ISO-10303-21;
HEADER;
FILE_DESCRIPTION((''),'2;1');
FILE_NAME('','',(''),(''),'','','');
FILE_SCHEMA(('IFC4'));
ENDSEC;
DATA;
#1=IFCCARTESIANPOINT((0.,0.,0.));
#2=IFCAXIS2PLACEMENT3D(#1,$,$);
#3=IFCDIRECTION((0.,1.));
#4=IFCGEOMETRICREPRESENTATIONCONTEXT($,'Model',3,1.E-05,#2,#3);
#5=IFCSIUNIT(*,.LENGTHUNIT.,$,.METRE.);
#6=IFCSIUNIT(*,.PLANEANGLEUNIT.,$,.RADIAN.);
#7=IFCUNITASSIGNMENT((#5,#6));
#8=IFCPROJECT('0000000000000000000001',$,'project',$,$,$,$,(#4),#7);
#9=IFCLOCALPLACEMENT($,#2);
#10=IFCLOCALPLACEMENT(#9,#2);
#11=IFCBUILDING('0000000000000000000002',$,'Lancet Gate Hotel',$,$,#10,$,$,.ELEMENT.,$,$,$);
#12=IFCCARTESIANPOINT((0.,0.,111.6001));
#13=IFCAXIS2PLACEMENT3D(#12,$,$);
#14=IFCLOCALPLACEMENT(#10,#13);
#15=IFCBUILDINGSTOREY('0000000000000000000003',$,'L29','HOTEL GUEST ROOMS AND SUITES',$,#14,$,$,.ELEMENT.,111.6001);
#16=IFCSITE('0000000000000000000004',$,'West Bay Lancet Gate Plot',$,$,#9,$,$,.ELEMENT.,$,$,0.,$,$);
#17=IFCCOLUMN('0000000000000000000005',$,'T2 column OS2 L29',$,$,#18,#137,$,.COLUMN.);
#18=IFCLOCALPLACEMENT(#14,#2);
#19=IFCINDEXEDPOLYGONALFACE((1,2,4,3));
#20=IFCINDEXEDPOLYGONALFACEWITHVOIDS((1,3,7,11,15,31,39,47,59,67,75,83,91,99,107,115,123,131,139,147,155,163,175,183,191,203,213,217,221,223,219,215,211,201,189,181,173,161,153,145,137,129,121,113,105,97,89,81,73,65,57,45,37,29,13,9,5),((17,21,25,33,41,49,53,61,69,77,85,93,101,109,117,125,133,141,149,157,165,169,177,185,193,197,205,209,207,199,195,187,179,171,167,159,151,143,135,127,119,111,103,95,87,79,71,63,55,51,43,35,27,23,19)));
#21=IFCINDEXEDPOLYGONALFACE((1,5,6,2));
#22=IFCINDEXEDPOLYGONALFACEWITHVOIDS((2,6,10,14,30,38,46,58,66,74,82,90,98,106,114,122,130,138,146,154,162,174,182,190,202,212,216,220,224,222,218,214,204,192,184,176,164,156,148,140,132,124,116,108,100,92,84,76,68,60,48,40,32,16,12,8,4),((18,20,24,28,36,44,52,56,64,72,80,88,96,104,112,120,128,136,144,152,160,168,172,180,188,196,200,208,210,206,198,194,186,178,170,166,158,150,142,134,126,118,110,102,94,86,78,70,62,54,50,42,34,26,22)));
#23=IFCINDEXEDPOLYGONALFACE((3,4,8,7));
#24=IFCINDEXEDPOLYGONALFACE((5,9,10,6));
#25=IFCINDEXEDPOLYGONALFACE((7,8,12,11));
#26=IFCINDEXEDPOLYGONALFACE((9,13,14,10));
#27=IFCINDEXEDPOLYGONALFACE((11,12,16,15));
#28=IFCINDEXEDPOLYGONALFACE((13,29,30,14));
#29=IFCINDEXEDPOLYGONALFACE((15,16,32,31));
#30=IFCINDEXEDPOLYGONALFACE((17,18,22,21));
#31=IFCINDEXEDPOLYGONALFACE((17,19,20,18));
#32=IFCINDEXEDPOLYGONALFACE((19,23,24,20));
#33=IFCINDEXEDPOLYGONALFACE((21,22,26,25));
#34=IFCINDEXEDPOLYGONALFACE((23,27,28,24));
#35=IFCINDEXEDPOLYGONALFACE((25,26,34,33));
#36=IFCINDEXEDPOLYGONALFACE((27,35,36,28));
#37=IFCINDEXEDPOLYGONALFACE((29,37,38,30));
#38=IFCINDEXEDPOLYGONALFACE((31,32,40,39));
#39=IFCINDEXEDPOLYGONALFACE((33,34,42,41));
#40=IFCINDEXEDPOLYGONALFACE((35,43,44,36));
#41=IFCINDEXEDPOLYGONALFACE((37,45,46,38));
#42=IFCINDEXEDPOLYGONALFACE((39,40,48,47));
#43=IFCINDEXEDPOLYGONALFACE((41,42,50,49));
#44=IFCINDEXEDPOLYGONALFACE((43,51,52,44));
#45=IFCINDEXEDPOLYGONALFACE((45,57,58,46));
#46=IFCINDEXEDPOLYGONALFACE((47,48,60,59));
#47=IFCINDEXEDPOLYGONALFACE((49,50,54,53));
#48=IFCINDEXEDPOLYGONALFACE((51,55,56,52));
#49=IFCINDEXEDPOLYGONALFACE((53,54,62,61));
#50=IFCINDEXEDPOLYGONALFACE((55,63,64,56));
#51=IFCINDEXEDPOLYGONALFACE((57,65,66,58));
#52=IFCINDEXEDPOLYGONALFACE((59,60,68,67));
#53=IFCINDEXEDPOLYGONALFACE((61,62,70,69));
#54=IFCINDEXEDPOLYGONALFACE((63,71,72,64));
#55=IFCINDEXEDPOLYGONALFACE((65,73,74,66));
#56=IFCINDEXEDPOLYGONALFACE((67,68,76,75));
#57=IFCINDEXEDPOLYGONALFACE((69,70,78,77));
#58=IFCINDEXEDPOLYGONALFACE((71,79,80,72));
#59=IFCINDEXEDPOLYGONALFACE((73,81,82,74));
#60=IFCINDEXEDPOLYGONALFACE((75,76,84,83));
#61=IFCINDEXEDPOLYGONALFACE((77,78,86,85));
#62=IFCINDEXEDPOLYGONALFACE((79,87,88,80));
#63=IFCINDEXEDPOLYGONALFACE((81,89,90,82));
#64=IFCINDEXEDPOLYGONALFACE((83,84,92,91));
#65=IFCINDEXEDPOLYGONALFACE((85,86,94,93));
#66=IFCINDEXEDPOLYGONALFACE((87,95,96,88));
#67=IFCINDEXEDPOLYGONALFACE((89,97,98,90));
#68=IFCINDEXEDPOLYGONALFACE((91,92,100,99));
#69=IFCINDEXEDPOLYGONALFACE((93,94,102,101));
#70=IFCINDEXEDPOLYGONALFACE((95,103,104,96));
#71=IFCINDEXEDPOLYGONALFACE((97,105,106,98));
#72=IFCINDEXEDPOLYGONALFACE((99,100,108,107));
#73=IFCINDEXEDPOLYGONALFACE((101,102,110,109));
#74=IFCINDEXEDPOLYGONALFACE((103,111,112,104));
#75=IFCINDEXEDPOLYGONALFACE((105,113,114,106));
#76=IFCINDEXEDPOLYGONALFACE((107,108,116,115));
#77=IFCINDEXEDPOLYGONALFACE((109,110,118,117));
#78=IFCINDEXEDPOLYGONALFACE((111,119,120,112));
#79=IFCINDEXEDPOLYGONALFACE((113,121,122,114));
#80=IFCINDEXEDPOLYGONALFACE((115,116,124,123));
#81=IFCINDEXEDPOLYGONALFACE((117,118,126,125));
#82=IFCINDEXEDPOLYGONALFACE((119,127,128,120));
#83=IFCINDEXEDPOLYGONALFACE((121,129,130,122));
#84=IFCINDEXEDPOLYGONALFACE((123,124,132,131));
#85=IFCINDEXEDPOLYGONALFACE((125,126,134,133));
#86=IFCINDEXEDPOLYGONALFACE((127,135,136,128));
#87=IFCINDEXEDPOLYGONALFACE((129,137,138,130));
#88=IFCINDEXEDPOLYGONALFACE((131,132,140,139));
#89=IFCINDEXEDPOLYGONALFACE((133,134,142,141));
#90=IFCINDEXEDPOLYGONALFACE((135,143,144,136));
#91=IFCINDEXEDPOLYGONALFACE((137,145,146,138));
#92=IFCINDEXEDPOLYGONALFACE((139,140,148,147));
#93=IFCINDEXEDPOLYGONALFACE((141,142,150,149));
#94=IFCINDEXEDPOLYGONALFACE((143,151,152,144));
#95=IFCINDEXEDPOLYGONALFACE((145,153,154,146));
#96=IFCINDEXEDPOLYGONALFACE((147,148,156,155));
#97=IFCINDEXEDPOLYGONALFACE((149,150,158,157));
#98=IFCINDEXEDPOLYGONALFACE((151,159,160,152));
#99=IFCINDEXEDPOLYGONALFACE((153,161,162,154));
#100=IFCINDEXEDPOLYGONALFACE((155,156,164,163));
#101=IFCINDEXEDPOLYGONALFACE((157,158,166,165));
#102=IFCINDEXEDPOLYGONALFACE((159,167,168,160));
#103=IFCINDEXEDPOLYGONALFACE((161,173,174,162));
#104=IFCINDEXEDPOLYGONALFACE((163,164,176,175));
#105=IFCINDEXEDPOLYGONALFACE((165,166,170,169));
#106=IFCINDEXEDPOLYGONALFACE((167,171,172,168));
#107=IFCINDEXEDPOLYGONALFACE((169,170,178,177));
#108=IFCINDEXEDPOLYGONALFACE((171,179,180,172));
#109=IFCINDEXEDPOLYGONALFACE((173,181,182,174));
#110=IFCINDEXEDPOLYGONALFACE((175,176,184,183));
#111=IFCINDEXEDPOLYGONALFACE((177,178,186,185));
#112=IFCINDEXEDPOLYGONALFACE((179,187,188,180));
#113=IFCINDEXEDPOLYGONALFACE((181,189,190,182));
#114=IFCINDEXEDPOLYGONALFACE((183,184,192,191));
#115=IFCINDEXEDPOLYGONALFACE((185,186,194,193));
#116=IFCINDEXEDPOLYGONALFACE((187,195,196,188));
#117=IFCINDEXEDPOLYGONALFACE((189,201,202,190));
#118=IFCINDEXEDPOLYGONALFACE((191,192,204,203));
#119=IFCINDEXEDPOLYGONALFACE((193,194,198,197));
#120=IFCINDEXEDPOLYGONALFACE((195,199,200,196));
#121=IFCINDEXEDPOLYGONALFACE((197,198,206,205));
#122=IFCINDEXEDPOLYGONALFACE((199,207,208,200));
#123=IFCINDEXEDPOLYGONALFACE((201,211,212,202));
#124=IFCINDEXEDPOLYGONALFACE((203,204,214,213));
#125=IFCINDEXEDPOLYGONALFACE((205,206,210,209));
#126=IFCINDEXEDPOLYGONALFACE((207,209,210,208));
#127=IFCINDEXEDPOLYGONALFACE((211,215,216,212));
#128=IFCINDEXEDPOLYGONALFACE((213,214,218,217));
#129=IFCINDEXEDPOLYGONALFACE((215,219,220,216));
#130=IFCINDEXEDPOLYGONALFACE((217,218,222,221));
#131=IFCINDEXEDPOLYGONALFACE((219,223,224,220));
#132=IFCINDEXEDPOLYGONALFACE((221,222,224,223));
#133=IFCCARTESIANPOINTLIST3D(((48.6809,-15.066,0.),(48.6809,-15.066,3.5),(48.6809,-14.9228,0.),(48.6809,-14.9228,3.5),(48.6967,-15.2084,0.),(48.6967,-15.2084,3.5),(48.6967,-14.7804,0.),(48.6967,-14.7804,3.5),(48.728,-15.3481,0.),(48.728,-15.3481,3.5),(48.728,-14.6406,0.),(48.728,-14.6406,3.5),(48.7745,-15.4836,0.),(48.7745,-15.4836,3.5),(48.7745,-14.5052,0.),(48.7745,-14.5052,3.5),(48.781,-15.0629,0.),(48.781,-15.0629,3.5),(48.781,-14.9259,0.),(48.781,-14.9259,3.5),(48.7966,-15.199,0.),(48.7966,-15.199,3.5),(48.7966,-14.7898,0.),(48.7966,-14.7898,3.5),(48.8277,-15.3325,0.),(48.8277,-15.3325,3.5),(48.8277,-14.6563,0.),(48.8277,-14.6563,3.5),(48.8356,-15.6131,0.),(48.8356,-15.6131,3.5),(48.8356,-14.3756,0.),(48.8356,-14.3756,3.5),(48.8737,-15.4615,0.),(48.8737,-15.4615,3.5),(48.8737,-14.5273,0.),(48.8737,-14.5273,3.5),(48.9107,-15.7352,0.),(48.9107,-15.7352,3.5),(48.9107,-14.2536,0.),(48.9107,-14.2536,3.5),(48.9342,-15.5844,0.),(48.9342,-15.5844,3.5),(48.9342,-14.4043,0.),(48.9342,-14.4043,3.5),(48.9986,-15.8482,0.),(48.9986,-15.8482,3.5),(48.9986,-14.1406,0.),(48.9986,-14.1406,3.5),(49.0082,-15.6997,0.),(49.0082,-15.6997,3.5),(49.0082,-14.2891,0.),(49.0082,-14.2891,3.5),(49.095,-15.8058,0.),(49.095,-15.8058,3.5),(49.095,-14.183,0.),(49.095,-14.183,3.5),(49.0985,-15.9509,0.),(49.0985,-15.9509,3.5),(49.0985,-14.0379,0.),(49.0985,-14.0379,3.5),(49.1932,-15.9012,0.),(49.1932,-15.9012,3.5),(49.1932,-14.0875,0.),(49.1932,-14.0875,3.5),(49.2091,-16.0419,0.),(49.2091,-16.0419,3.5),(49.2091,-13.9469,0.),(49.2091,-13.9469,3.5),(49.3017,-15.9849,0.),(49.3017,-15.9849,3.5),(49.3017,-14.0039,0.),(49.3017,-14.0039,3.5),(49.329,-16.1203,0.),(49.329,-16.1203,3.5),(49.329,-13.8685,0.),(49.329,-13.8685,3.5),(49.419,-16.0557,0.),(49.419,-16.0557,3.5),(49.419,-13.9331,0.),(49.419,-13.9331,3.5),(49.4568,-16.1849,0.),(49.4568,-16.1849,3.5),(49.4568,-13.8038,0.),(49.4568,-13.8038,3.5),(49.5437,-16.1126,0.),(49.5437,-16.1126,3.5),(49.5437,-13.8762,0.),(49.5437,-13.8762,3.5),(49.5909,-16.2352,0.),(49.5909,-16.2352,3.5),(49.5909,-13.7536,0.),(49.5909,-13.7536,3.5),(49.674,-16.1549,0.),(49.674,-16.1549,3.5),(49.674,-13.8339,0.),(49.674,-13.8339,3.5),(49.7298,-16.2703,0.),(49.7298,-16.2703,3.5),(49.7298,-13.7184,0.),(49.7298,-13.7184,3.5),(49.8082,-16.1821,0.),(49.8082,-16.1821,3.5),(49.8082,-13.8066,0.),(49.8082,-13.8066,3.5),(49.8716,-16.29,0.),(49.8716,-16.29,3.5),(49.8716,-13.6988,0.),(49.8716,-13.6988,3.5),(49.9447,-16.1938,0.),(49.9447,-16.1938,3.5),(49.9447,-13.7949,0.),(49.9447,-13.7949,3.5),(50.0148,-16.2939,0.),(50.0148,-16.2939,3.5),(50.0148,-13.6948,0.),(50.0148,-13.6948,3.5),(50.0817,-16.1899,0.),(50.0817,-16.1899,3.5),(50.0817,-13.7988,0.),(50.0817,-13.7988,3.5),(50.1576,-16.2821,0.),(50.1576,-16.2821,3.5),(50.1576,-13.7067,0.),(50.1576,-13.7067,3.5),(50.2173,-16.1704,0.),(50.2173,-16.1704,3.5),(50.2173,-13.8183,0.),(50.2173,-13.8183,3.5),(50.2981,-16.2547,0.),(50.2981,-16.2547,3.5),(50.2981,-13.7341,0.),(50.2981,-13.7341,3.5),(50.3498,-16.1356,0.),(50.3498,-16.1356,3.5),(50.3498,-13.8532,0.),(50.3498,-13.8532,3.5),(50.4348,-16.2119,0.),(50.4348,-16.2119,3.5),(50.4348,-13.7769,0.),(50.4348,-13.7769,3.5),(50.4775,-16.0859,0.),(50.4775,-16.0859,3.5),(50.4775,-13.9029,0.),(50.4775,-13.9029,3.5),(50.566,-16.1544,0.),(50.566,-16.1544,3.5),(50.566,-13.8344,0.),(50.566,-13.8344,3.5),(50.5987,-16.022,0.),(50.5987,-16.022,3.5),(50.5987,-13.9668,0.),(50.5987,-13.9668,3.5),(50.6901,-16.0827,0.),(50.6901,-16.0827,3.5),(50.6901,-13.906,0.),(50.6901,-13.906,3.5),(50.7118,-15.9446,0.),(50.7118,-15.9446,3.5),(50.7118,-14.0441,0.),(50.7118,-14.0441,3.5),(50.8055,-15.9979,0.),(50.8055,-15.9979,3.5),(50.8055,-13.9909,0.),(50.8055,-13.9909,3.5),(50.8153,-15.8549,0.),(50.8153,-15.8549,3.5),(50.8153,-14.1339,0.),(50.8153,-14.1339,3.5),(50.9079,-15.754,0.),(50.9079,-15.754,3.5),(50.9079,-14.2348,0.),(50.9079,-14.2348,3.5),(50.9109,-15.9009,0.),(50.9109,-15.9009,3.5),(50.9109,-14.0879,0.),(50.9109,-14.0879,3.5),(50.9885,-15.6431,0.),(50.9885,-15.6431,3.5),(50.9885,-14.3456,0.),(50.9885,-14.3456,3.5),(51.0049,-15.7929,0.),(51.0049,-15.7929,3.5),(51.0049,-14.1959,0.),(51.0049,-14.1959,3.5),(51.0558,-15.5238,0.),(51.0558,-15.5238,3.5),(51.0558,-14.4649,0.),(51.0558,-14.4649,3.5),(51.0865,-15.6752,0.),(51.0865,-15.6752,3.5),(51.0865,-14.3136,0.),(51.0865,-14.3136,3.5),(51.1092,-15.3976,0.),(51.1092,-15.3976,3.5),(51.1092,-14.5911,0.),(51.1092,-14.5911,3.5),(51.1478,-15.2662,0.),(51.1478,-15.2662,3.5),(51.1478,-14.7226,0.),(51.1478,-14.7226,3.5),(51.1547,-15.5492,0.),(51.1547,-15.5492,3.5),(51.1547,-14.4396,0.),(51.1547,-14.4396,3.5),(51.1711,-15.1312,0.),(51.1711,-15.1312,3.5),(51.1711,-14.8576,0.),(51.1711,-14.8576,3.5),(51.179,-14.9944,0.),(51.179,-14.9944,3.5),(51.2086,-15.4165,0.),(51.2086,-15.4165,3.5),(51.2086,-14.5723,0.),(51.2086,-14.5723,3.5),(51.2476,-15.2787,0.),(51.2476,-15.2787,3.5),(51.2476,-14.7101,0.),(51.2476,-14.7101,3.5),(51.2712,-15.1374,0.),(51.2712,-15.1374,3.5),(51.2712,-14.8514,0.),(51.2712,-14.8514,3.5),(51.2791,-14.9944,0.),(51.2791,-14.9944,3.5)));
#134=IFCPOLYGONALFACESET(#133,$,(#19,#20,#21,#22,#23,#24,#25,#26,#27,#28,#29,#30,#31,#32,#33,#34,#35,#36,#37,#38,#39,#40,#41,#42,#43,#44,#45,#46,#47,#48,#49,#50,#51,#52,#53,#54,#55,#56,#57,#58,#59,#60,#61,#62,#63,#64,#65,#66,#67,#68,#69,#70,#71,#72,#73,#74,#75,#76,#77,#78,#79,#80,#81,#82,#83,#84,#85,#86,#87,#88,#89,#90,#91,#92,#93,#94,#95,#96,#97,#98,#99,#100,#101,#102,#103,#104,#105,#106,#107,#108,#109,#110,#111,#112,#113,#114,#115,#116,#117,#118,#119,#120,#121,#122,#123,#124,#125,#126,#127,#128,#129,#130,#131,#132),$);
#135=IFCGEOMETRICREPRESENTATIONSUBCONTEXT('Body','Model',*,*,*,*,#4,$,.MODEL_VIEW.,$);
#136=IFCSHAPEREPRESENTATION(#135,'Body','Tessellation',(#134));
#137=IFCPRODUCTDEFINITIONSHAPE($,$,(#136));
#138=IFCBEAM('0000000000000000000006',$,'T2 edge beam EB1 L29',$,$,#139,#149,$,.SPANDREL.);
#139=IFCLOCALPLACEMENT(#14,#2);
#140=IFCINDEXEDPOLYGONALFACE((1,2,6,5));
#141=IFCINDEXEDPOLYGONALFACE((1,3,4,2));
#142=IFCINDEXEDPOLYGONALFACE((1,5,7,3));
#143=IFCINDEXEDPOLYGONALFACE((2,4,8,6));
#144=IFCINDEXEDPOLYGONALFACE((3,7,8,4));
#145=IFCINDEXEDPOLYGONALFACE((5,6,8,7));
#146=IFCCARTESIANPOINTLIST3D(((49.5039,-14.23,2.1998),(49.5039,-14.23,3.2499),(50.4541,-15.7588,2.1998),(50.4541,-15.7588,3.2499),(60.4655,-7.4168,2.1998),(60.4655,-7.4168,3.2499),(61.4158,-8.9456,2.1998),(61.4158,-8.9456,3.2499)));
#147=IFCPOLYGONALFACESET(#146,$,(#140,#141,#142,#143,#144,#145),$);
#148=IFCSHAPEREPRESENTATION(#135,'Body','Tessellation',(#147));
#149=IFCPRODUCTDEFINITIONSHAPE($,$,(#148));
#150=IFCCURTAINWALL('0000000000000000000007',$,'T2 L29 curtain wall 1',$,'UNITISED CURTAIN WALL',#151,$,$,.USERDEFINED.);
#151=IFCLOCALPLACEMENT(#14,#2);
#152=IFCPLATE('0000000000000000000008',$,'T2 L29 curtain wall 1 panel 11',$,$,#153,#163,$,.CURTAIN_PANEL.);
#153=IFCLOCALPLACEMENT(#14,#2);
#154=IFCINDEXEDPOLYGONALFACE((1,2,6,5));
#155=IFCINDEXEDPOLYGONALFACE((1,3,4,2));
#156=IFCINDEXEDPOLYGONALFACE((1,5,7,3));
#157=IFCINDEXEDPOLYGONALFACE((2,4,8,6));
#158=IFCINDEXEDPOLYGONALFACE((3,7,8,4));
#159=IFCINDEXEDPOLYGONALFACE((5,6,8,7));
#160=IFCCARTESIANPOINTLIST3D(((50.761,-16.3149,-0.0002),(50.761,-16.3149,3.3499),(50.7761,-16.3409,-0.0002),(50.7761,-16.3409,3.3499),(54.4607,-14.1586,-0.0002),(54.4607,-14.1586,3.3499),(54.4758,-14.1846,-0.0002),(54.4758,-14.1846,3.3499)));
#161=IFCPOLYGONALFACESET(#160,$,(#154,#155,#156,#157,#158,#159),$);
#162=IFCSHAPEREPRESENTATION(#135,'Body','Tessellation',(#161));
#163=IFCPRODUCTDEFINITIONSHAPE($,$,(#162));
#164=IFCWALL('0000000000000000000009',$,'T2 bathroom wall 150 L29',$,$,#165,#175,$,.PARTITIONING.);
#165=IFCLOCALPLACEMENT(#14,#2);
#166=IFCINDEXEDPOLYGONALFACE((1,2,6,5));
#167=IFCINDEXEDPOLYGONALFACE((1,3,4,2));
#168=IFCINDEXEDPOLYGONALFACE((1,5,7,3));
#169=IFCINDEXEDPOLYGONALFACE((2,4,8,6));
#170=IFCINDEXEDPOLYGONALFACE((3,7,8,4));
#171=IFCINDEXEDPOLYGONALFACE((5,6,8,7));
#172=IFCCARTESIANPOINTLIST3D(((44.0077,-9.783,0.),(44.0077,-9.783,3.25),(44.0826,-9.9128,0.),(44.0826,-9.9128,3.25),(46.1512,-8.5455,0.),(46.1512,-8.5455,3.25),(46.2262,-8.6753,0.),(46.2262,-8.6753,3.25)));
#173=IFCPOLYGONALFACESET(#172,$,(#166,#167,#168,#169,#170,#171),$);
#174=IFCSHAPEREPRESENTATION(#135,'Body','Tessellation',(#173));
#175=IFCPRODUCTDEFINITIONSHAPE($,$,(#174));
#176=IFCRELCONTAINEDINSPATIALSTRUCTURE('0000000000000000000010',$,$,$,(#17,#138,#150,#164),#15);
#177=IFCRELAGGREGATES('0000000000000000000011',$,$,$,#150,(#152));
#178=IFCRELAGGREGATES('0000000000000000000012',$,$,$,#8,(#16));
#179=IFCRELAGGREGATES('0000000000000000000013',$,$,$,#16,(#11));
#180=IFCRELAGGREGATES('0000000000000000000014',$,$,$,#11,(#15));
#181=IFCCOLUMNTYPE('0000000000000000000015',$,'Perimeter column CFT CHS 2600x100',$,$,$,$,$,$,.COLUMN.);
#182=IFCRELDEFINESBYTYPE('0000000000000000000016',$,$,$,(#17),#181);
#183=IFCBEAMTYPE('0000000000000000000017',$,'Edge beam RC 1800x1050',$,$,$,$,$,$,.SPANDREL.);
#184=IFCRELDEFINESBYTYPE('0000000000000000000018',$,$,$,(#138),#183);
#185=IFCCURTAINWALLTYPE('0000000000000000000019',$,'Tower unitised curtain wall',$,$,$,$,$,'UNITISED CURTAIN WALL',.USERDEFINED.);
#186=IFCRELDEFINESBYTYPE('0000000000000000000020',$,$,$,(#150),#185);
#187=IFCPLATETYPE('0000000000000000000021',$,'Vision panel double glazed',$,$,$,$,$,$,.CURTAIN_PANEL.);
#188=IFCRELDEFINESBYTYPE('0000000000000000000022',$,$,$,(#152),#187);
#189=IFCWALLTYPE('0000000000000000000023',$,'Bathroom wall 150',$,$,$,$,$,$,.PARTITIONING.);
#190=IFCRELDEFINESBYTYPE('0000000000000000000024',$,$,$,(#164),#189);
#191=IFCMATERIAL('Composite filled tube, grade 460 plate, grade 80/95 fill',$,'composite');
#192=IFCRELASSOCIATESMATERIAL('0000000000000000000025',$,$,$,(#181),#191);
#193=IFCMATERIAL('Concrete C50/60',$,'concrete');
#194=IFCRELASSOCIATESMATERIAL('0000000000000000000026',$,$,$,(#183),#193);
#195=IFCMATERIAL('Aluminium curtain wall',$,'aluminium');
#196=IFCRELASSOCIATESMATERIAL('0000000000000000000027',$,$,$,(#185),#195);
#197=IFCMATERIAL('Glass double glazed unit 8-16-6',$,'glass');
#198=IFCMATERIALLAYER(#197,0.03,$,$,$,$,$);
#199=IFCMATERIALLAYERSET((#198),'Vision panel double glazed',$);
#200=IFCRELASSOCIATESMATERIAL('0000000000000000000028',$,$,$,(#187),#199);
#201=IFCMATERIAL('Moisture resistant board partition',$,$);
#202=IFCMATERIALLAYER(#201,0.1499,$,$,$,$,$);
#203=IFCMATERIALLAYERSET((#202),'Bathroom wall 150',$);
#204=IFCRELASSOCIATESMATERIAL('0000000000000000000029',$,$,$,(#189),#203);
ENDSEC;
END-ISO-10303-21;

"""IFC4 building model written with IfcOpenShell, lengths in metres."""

from ifc_helpers import new_model, si_unit, direction, frame, frame_2d, origin, origin_2d, place, context, subcontext, project, spatial, rectangle, hollow_circle, extrude, material, layer, layer_set, material_profile, profile_set, type_object, element, aggregate, save


model = new_model("IFC4")

# Units and contexts
model_context = context("Model", 3, precision=1e-05, world=origin(), true_north=direction((0.0, 1.0)))
body_context = subcontext(model_context, "Body", "Model", "MODEL_VIEW")
ifc_project = project(units=[si_unit("LENGTHUNIT", "METRE"), si_unit("PLANEANGLEUNIT", "RADIAN")], contexts=[model_context])

# Site, building, storey
site_placement = place(None, origin())
site = spatial("IfcSite", under=ifc_project, at=site_placement, Name="West Bay Lancet Gate Plot", CompositionType="ELEMENT", RefElevation=0.0)
building_placement = place(site_placement, origin())
building = spatial("IfcBuilding", under=site, at=building_placement, Name="Lancet Gate Hotel", CompositionType="ELEMENT")
storey_placement = place(building_placement, frame((0.0, 0.0, 111.6001)))
storey = spatial("IfcBuildingStorey", under=building, at=storey_placement, Name="L29", Description="HOTEL GUEST ROOMS AND SUITES", CompositionType="ELEMENT", Elevation=111.6001)

# Column
ifc_material_1 = material(Name="Composite filled tube, grade 460 plate, grade 80/95 fill", Category="composite")
ifc_material_profile_1 = material_profile(ifc_material_1, hollow_circle(Radius=1.3, WallThickness=0.1001, at=origin_2d()), Name="CHS 2600x100")
ifc_profile_set_1 = profile_set([ifc_material_profile_1], Name="Composite filled tube, grade 460 plate, grade 80/95 fill")
column_type = type_object("IfcColumnType", Name="Perimeter column CFT CHS 2600x100", PredefinedType="COLUMN", material=ifc_profile_set_1)
column_placement = place(storey_placement, frame((49.979, -14.9944, 0.0), z_axis=(0.0, 0.0, 1.0), x_axis=(1.0, 0.0, 0.0)))
element("IfcColumn", 1, at=column_placement, inside=storey, type_object=column_type, Name="T2 column OS2 L29", PredefinedType="COLUMN", context=body_context, shape_type="SweptSolid", body=[
    extrude(hollow_circle(Radius=1.3, WallThickness=0.1001, at=origin_2d()), origin(), (0.0, 0.0, 1.0), 3.5),
])

# Beam
ifc_material_2 = material(Name="Concrete C50/60", Category="concrete")
ifc_material_profile_2 = material_profile(ifc_material_2, rectangle(XDim=1.8, YDim=1.05, at=origin_2d()), Name="RC 1800x1050")
ifc_profile_set_2 = profile_set([ifc_material_profile_2], Name="Concrete C50/60")
beam_type = type_object("IfcBeamType", Name="Edge beam RC 1800x1050", PredefinedType="SPANDREL", material=ifc_profile_set_2)
beam_placement = place(storey_placement, frame((49.979, -14.9944, 2.7249), z_axis=(0.849312, 0.527891, 0.0), x_axis=(-0.527891, 0.849312, 0.0)))
element("IfcBeam", 2, at=beam_placement, inside=storey, type_object=beam_type, Name="T2 edge beam EB1 L29", PredefinedType="SPANDREL", context=body_context, shape_type="SweptSolid", body=[
    extrude(rectangle(XDim=1.8, YDim=1.05, at=origin_2d()), origin(), (0.0, 0.0, 1.0), 12.9065),
])

# Curtain wall, plate
ifc_material_3 = material(Name="Aluminium curtain wall", Category="aluminium")
curtain_wall_type = type_object("IfcCurtainWallType", Name="Tower unitised curtain wall", ElementType="UNITISED CURTAIN WALL", PredefinedType="USERDEFINED", material=ifc_material_3)
curtain_wall_placement = place(storey_placement, origin())
curtain_wall = element("IfcCurtainWall", 3, at=curtain_wall_placement, inside=storey, type_object=curtain_wall_type, Name="T2 L29 curtain wall 1", ObjectType="UNITISED CURTAIN WALL", PredefinedType="USERDEFINED")
ifc_material_4 = material(Name="Glass double glazed unit 8-16-6", Category="glass")
ifc_layer_1 = layer(ifc_material_4, 0.03)
ifc_layer_set_1 = layer_set([ifc_layer_1], Name="Vision panel double glazed")
plate_type = type_object("IfcPlateType", Name="Vision panel double glazed", PredefinedType="CURTAIN_PANEL", material=ifc_layer_set_1)
plate_placement = place(storey_placement, frame((52.6184, -15.2498, -0.0002), z_axis=(0.0, 0.0, 1.0), x_axis=(0.863966, 0.503551, 0.0)))
plate = element("IfcPlate", 4, at=plate_placement, type_object=plate_type, Name="T2 L29 curtain wall 1 panel 11", PredefinedType="CURTAIN_PANEL", context=body_context, shape_type="SweptSolid", body=[
    extrude(rectangle(XDim=4.2822, YDim=0.03, at=origin_2d()), origin(), (0.0, 0.0, 1.0), 3.3501),
])
aggregate(curtain_wall, [plate])

# Wall
ifc_material_5 = material(Name="Moisture resistant board partition")
ifc_layer_2 = layer(ifc_material_5, 0.1499)
ifc_layer_set_2 = layer_set([ifc_layer_2], Name="Bathroom wall 150")
wall_type_1 = type_object("IfcWallType", Name="Bathroom wall 150", PredefinedType="PARTITIONING", material=ifc_layer_set_2)
wall_1_placement = place(storey_placement, frame((44.0452, -9.8479, 0.0), z_axis=(0.0, 0.0, 1.0), x_axis=(0.866031, 0.49999, 0.0)))
element("IfcWall", 5, at=wall_1_placement, inside=storey, type_object=wall_type_1, Name="T2 bathroom wall 150 L29", PredefinedType="PARTITIONING", context=body_context, shape_type="SweptSolid", body=[
    extrude(rectangle(XDim=2.4751, YDim=0.1499, at=frame_2d((1.2375, 0.0))), origin(), (0.0, 0.0, 1.0), 3.25),
])

save(model, "model.ifc")
